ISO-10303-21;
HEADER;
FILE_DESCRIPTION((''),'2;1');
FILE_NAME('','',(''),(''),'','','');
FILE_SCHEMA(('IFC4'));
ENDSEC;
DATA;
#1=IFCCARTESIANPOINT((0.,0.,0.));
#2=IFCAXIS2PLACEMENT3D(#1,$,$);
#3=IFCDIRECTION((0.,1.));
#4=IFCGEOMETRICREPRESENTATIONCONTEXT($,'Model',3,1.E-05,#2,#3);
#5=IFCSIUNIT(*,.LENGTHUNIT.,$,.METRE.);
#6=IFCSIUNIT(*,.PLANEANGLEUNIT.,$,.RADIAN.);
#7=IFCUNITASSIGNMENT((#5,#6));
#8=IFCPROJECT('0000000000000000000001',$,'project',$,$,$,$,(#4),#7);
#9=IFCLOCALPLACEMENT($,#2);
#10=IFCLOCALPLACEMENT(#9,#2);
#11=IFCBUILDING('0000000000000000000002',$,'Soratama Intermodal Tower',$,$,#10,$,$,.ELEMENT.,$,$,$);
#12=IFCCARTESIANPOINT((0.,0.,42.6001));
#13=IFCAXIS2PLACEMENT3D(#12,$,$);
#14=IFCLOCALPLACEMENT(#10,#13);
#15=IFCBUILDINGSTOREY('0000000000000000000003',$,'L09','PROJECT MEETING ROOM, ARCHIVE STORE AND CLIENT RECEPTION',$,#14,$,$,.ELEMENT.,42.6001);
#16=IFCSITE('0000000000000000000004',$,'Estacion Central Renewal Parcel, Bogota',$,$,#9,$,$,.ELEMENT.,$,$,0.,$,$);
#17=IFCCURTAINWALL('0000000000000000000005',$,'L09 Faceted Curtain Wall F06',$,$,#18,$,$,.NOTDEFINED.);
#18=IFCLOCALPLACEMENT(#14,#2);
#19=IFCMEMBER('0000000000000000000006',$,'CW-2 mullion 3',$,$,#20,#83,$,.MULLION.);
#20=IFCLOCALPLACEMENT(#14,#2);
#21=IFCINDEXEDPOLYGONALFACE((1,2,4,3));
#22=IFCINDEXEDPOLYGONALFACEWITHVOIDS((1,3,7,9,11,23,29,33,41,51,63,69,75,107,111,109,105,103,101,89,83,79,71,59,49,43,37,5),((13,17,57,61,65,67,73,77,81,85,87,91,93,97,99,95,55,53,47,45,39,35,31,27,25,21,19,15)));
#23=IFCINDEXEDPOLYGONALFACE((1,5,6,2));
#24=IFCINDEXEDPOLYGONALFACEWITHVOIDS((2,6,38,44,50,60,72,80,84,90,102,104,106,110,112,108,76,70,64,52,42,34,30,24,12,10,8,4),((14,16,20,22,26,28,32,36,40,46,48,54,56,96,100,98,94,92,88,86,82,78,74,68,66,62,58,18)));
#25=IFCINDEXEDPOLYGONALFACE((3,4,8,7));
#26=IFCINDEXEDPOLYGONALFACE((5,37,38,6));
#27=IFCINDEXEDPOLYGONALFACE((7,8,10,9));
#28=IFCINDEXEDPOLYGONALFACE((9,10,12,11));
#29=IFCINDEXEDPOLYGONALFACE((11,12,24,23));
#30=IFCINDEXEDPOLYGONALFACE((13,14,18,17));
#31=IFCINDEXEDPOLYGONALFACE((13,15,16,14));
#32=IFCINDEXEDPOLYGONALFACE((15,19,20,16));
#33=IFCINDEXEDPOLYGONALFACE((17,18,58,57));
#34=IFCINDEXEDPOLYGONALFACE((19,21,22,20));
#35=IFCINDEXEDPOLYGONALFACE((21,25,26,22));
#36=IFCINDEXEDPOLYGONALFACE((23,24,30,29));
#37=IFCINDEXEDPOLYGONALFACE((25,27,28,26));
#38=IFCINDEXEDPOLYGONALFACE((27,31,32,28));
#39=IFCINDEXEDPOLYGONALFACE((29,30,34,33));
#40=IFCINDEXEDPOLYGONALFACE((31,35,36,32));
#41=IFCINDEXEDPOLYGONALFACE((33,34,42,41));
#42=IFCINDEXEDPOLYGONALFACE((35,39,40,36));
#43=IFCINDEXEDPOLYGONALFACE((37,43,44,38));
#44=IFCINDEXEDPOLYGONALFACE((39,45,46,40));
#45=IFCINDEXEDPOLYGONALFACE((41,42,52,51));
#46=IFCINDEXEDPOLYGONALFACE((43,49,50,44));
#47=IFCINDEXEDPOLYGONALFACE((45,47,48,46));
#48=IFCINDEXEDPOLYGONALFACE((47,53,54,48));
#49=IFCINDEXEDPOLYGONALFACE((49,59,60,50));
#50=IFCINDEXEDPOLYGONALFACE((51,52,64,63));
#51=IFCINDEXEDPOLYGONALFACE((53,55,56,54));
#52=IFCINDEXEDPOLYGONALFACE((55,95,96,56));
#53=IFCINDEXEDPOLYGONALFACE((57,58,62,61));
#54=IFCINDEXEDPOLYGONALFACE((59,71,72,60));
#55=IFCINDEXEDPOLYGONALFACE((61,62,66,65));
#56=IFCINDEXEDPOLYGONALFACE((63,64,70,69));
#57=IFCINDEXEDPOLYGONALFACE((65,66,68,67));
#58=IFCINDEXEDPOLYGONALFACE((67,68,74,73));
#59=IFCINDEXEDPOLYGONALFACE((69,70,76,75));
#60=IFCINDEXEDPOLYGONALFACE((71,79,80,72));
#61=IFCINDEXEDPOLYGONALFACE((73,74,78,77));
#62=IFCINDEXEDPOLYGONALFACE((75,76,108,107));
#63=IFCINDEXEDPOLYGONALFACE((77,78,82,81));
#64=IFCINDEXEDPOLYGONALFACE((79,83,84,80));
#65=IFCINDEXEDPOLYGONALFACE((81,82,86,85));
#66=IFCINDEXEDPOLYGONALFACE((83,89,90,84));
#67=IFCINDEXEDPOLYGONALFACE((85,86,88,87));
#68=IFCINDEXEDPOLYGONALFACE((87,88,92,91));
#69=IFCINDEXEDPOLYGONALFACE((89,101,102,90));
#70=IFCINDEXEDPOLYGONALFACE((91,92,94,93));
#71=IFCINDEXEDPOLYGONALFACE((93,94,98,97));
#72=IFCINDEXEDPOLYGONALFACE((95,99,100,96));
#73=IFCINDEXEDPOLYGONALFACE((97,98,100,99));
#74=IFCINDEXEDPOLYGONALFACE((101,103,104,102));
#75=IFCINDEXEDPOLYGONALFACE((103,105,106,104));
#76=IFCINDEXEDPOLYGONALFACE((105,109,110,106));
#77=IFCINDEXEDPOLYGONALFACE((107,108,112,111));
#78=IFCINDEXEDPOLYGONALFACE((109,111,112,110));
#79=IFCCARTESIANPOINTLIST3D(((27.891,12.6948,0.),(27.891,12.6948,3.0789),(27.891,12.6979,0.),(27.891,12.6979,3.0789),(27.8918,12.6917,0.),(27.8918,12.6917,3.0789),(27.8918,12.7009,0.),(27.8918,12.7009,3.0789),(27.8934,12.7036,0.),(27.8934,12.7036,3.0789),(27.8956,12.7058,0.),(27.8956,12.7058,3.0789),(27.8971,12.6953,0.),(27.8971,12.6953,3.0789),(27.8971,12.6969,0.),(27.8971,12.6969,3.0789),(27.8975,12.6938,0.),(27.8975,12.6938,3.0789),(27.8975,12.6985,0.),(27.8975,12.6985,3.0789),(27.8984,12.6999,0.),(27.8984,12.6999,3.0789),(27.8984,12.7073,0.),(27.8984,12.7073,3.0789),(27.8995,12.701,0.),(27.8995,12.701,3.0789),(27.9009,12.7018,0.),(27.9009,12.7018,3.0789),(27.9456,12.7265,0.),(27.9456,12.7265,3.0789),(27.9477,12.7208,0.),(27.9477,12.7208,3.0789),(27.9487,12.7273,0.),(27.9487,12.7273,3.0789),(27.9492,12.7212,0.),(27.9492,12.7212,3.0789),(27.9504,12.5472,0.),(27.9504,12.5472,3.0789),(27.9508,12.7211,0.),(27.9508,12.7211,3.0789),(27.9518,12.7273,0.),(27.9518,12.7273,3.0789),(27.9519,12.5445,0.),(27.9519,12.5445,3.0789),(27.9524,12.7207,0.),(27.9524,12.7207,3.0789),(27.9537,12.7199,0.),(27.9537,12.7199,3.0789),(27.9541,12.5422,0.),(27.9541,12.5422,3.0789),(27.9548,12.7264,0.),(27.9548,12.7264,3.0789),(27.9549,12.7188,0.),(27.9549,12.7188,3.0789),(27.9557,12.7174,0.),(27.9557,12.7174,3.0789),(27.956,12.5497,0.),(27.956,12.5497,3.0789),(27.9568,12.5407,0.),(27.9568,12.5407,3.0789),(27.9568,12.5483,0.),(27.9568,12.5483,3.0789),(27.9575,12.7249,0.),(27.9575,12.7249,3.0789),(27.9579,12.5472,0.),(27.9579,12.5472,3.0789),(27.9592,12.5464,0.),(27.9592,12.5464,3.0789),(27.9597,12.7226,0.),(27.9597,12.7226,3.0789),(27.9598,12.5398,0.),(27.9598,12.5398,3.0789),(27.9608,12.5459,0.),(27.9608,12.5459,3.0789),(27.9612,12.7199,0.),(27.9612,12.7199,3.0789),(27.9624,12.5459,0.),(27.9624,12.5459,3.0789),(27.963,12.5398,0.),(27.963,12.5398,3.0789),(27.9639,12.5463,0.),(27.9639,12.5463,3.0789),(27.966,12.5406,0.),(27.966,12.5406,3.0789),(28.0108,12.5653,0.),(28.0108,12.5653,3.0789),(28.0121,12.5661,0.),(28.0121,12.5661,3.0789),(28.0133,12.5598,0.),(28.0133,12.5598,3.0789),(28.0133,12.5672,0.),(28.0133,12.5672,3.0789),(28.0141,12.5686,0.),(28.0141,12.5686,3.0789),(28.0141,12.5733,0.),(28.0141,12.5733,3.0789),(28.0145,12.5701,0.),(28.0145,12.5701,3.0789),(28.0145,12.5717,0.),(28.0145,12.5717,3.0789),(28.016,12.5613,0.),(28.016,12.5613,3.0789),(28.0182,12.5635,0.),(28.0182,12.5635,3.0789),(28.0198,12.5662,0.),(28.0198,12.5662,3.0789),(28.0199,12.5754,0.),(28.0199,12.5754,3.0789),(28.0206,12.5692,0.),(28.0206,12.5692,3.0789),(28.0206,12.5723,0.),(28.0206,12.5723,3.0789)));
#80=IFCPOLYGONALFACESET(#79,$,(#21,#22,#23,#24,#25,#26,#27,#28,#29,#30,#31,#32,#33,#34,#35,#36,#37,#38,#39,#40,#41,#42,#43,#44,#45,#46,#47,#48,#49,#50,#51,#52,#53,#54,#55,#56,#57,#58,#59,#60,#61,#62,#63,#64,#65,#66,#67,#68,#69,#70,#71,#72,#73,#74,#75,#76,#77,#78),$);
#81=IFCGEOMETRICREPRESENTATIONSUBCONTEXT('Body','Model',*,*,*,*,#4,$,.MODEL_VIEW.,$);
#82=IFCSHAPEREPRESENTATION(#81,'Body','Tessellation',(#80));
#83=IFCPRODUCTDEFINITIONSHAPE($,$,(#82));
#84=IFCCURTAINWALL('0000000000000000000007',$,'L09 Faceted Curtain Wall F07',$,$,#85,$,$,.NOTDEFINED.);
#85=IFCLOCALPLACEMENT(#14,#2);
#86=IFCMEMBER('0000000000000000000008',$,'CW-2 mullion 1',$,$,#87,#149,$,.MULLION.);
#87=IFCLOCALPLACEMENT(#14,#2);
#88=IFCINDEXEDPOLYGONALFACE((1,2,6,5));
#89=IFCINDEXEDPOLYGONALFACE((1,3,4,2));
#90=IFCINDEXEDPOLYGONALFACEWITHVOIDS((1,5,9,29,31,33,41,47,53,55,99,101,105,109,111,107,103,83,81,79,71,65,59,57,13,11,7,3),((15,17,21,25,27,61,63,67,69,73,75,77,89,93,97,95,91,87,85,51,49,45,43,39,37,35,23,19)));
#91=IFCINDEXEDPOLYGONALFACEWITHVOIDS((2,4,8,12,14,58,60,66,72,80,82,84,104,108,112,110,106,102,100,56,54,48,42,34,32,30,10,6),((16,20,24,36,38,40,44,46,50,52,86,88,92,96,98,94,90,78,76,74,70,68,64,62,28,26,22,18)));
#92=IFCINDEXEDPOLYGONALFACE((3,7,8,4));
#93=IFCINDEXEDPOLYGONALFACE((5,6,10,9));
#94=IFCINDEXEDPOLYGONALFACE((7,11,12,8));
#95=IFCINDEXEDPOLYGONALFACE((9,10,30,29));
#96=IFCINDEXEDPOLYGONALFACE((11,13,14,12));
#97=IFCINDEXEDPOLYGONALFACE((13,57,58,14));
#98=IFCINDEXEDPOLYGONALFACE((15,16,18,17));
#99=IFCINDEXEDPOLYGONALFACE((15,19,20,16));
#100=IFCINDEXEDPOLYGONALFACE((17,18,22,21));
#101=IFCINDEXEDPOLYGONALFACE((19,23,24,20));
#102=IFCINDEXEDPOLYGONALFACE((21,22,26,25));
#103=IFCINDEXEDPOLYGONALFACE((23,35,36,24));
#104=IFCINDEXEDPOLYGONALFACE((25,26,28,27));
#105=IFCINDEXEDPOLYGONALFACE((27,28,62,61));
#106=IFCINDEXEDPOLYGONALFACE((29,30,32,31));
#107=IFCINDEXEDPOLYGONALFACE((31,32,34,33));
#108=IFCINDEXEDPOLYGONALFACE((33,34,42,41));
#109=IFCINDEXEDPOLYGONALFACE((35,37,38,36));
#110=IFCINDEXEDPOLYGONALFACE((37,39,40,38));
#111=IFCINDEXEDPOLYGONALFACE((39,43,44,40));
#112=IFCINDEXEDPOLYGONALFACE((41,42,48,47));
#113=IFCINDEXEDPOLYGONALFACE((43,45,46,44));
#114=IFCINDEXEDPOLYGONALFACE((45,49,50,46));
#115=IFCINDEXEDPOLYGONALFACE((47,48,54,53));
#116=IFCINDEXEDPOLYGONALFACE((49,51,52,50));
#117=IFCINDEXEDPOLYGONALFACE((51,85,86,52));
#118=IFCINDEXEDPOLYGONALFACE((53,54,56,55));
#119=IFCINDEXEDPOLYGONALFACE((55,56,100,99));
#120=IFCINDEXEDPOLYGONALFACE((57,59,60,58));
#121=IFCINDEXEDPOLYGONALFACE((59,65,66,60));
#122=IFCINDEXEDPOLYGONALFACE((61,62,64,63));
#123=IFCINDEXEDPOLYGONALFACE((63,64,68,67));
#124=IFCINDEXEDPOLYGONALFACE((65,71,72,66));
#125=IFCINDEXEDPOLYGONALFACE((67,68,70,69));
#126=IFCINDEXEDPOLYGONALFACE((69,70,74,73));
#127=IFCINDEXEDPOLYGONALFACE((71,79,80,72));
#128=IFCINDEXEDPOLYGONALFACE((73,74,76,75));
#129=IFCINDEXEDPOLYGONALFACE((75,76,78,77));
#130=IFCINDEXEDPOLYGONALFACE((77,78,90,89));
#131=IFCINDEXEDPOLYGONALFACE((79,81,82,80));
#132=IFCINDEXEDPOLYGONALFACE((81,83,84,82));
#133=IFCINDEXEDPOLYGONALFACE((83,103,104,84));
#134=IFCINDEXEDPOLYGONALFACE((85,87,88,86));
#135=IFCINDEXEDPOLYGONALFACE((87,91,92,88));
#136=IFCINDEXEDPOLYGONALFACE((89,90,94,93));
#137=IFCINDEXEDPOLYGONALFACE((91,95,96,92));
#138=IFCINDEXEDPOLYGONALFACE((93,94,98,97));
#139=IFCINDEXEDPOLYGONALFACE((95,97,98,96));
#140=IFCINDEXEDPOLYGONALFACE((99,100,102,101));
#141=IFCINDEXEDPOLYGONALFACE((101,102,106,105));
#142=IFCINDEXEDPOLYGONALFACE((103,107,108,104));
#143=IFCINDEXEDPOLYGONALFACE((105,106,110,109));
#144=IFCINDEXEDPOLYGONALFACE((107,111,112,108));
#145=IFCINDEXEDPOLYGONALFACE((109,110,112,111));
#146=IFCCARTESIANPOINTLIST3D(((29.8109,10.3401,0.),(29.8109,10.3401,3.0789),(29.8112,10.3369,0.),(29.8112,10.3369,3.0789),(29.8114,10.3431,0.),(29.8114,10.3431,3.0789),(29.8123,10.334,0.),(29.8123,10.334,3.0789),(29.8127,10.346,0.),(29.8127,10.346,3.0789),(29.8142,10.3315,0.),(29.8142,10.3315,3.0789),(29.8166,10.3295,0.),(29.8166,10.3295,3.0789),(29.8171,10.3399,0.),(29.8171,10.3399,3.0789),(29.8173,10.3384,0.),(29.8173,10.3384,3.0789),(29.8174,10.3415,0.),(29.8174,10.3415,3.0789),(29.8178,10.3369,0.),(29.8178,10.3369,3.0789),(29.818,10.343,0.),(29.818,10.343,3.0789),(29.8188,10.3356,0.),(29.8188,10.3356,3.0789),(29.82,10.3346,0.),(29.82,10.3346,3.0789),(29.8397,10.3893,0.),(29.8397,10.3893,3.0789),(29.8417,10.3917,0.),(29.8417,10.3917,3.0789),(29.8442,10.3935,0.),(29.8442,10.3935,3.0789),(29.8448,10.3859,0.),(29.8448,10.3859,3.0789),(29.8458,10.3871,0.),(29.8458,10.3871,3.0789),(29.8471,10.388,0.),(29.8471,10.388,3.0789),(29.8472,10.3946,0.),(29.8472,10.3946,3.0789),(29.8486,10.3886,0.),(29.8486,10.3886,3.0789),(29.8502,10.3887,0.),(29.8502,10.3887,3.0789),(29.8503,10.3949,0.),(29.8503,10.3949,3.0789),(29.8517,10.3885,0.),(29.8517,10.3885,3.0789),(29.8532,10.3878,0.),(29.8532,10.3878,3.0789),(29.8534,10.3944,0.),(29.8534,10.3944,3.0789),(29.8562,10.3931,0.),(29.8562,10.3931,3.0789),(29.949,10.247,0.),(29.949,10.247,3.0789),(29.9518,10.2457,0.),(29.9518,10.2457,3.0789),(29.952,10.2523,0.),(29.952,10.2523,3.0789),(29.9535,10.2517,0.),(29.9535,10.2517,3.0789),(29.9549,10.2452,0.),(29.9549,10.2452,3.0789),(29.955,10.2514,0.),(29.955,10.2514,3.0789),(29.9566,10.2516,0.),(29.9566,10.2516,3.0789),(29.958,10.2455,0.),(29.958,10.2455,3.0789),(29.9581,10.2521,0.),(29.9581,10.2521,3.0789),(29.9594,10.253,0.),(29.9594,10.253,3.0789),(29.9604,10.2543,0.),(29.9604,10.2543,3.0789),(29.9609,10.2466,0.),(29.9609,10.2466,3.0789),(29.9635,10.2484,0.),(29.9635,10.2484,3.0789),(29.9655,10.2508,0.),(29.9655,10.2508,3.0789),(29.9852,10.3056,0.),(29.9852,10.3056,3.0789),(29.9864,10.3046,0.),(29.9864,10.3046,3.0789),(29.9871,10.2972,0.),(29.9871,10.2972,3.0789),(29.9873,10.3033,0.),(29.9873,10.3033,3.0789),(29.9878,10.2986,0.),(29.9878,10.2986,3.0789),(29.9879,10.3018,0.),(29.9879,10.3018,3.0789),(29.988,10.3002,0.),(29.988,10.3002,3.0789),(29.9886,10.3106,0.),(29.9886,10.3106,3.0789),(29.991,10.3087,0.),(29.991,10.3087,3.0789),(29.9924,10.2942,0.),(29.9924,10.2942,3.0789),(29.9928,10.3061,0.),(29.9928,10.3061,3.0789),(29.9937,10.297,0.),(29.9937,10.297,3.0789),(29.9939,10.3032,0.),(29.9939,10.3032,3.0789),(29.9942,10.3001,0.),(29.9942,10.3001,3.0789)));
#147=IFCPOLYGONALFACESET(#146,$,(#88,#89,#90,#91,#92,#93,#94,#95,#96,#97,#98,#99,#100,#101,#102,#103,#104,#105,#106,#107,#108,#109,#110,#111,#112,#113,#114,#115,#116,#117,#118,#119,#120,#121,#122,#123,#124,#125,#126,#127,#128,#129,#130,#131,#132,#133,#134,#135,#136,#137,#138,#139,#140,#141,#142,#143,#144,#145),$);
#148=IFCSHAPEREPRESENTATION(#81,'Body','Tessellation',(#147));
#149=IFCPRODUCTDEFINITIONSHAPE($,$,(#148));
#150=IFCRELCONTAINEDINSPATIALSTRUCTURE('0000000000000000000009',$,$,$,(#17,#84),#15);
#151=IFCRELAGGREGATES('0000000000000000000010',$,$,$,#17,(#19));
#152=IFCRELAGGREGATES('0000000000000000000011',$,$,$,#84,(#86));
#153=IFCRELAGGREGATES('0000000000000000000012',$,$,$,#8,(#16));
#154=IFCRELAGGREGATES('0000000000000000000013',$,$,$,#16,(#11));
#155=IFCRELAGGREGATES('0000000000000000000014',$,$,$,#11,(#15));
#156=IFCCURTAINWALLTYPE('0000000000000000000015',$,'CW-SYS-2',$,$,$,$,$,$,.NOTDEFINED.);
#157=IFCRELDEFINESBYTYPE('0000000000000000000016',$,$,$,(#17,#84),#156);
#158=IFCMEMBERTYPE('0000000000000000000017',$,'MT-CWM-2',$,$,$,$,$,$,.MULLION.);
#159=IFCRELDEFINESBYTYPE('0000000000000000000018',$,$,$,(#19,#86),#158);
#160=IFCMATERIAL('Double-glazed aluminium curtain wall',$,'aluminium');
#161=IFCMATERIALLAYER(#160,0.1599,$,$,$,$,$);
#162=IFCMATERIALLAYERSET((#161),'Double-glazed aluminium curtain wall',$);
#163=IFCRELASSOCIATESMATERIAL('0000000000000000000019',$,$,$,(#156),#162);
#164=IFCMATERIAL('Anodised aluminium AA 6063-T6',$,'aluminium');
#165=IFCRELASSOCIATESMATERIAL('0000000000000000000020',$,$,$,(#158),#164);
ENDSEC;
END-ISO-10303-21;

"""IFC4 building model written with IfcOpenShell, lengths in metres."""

from ifc_helpers import new_model, si_unit, direction, frame, origin, origin_2d, place, context, subcontext, project, spatial, hollow_rectangle, extrude, material, layer, layer_set, material_profile, profile_set, type_object, element, aggregate, save


model = new_model("IFC4")

# Units and contexts
model_context = context("Model", 3, precision=1e-05, world=origin(), true_north=direction((0.0, 1.0)))
body_context = subcontext(model_context, "Body", "Model", "MODEL_VIEW")
ifc_project = project(units=[si_unit("LENGTHUNIT", "METRE"), si_unit("PLANEANGLEUNIT", "RADIAN")], contexts=[model_context])

# Site, building, storey
site_placement = place(None, origin())
site = spatial("IfcSite", under=ifc_project, at=site_placement, Name="Estacion Central Renewal Parcel, Bogota", CompositionType="ELEMENT", RefElevation=0.0)
building_placement = place(site_placement, origin())
building = spatial("IfcBuilding", under=site, at=building_placement, Name="Soratama Intermodal Tower", CompositionType="ELEMENT")
storey_placement = place(building_placement, frame((0.0, 0.0, 42.6001)))
storey = spatial("IfcBuildingStorey", under=building, at=storey_placement, Name="L09", Description="PROJECT MEETING ROOM, ARCHIVE STORE AND CLIENT RECEPTION", CompositionType="ELEMENT", Elevation=42.6001)

# Curtain walls, members
ifc_material_1 = material(Name="Double-glazed aluminium curtain wall", Category="aluminium")
ifc_layer_1 = layer(ifc_material_1, 0.1599)
ifc_layer_set_1 = layer_set([ifc_layer_1], Name="Double-glazed aluminium curtain wall")
curtain_wall_type = type_object("IfcCurtainWallType", Name="CW-SYS-2", PredefinedType="NOTDEFINED", material=ifc_layer_set_1)
curtain_wall_1_placement = place(storey_placement, origin())
curtain_wall_1 = element("IfcCurtainWall", 1, at=curtain_wall_1_placement, inside=storey, type_object=curtain_wall_type, Name="L09 Faceted Curtain Wall F06", PredefinedType="NOTDEFINED")
ifc_material_2 = material(Name="Anodised aluminium AA 6063-T6", Category="aluminium")
ifc_material_profile_1 = material_profile(ifc_material_2, hollow_rectangle(XDim=0.075, YDim=0.1799, WallThickness=0.0061, InnerFilletRadius=0.0061, OuterFilletRadius=0.012, at=origin_2d()), Name="CWM180X75X6")
ifc_profile_set_1 = profile_set([ifc_material_profile_1], Name="Anodised aluminium AA 6063-T6")
member_type_1 = type_object("IfcMemberType", Name="MT-CWM-2", PredefinedType="MULLION", material=ifc_profile_set_1)
member_1_placement = place(storey_placement, frame((27.9558, 12.6335, 0.0), z_axis=(0.0, 0.0, 1.0), x_axis=(0.926657, 0.375908, 0.0)))
member_1 = element("IfcMember", 2, at=member_1_placement, type_object=member_type_1, Name="CW-2 mullion 3", PredefinedType="MULLION", context=body_context, shape_type="SweptSolid", body=[
    extrude(hollow_rectangle(XDim=0.075, YDim=0.1799, WallThickness=0.0061, InnerFilletRadius=0.0061, OuterFilletRadius=0.012, at=origin_2d()), origin(), (0.0, 0.0, 1.0), 3.0789),
])
curtain_wall_2_placement = place(storey_placement, origin())
curtain_wall_2 = element("IfcCurtainWall", 3, at=curtain_wall_2_placement, inside=storey, type_object=curtain_wall_type, Name="L09 Faceted Curtain Wall F07", PredefinedType="NOTDEFINED")
member_2_placement = place(storey_placement, frame((29.9026, 10.3201, 0.0), z_axis=(0.0, 0.0, 1.0), x_axis=(0.528735, 0.848787, 0.0)))
member_2 = element("IfcMember", 4, at=member_2_placement, type_object=member_type_1, Name="CW-2 mullion 1", PredefinedType="MULLION", context=body_context, shape_type="SweptSolid", body=[
    extrude(hollow_rectangle(XDim=0.075, YDim=0.1799, WallThickness=0.0061, InnerFilletRadius=0.0061, OuterFilletRadius=0.012, at=origin_2d()), origin(), (0.0, 0.0, 1.0), 3.0789),
])

aggregate(curtain_wall_1, [member_1])
aggregate(curtain_wall_2, [member_2])

save(model, "model.ifc")
